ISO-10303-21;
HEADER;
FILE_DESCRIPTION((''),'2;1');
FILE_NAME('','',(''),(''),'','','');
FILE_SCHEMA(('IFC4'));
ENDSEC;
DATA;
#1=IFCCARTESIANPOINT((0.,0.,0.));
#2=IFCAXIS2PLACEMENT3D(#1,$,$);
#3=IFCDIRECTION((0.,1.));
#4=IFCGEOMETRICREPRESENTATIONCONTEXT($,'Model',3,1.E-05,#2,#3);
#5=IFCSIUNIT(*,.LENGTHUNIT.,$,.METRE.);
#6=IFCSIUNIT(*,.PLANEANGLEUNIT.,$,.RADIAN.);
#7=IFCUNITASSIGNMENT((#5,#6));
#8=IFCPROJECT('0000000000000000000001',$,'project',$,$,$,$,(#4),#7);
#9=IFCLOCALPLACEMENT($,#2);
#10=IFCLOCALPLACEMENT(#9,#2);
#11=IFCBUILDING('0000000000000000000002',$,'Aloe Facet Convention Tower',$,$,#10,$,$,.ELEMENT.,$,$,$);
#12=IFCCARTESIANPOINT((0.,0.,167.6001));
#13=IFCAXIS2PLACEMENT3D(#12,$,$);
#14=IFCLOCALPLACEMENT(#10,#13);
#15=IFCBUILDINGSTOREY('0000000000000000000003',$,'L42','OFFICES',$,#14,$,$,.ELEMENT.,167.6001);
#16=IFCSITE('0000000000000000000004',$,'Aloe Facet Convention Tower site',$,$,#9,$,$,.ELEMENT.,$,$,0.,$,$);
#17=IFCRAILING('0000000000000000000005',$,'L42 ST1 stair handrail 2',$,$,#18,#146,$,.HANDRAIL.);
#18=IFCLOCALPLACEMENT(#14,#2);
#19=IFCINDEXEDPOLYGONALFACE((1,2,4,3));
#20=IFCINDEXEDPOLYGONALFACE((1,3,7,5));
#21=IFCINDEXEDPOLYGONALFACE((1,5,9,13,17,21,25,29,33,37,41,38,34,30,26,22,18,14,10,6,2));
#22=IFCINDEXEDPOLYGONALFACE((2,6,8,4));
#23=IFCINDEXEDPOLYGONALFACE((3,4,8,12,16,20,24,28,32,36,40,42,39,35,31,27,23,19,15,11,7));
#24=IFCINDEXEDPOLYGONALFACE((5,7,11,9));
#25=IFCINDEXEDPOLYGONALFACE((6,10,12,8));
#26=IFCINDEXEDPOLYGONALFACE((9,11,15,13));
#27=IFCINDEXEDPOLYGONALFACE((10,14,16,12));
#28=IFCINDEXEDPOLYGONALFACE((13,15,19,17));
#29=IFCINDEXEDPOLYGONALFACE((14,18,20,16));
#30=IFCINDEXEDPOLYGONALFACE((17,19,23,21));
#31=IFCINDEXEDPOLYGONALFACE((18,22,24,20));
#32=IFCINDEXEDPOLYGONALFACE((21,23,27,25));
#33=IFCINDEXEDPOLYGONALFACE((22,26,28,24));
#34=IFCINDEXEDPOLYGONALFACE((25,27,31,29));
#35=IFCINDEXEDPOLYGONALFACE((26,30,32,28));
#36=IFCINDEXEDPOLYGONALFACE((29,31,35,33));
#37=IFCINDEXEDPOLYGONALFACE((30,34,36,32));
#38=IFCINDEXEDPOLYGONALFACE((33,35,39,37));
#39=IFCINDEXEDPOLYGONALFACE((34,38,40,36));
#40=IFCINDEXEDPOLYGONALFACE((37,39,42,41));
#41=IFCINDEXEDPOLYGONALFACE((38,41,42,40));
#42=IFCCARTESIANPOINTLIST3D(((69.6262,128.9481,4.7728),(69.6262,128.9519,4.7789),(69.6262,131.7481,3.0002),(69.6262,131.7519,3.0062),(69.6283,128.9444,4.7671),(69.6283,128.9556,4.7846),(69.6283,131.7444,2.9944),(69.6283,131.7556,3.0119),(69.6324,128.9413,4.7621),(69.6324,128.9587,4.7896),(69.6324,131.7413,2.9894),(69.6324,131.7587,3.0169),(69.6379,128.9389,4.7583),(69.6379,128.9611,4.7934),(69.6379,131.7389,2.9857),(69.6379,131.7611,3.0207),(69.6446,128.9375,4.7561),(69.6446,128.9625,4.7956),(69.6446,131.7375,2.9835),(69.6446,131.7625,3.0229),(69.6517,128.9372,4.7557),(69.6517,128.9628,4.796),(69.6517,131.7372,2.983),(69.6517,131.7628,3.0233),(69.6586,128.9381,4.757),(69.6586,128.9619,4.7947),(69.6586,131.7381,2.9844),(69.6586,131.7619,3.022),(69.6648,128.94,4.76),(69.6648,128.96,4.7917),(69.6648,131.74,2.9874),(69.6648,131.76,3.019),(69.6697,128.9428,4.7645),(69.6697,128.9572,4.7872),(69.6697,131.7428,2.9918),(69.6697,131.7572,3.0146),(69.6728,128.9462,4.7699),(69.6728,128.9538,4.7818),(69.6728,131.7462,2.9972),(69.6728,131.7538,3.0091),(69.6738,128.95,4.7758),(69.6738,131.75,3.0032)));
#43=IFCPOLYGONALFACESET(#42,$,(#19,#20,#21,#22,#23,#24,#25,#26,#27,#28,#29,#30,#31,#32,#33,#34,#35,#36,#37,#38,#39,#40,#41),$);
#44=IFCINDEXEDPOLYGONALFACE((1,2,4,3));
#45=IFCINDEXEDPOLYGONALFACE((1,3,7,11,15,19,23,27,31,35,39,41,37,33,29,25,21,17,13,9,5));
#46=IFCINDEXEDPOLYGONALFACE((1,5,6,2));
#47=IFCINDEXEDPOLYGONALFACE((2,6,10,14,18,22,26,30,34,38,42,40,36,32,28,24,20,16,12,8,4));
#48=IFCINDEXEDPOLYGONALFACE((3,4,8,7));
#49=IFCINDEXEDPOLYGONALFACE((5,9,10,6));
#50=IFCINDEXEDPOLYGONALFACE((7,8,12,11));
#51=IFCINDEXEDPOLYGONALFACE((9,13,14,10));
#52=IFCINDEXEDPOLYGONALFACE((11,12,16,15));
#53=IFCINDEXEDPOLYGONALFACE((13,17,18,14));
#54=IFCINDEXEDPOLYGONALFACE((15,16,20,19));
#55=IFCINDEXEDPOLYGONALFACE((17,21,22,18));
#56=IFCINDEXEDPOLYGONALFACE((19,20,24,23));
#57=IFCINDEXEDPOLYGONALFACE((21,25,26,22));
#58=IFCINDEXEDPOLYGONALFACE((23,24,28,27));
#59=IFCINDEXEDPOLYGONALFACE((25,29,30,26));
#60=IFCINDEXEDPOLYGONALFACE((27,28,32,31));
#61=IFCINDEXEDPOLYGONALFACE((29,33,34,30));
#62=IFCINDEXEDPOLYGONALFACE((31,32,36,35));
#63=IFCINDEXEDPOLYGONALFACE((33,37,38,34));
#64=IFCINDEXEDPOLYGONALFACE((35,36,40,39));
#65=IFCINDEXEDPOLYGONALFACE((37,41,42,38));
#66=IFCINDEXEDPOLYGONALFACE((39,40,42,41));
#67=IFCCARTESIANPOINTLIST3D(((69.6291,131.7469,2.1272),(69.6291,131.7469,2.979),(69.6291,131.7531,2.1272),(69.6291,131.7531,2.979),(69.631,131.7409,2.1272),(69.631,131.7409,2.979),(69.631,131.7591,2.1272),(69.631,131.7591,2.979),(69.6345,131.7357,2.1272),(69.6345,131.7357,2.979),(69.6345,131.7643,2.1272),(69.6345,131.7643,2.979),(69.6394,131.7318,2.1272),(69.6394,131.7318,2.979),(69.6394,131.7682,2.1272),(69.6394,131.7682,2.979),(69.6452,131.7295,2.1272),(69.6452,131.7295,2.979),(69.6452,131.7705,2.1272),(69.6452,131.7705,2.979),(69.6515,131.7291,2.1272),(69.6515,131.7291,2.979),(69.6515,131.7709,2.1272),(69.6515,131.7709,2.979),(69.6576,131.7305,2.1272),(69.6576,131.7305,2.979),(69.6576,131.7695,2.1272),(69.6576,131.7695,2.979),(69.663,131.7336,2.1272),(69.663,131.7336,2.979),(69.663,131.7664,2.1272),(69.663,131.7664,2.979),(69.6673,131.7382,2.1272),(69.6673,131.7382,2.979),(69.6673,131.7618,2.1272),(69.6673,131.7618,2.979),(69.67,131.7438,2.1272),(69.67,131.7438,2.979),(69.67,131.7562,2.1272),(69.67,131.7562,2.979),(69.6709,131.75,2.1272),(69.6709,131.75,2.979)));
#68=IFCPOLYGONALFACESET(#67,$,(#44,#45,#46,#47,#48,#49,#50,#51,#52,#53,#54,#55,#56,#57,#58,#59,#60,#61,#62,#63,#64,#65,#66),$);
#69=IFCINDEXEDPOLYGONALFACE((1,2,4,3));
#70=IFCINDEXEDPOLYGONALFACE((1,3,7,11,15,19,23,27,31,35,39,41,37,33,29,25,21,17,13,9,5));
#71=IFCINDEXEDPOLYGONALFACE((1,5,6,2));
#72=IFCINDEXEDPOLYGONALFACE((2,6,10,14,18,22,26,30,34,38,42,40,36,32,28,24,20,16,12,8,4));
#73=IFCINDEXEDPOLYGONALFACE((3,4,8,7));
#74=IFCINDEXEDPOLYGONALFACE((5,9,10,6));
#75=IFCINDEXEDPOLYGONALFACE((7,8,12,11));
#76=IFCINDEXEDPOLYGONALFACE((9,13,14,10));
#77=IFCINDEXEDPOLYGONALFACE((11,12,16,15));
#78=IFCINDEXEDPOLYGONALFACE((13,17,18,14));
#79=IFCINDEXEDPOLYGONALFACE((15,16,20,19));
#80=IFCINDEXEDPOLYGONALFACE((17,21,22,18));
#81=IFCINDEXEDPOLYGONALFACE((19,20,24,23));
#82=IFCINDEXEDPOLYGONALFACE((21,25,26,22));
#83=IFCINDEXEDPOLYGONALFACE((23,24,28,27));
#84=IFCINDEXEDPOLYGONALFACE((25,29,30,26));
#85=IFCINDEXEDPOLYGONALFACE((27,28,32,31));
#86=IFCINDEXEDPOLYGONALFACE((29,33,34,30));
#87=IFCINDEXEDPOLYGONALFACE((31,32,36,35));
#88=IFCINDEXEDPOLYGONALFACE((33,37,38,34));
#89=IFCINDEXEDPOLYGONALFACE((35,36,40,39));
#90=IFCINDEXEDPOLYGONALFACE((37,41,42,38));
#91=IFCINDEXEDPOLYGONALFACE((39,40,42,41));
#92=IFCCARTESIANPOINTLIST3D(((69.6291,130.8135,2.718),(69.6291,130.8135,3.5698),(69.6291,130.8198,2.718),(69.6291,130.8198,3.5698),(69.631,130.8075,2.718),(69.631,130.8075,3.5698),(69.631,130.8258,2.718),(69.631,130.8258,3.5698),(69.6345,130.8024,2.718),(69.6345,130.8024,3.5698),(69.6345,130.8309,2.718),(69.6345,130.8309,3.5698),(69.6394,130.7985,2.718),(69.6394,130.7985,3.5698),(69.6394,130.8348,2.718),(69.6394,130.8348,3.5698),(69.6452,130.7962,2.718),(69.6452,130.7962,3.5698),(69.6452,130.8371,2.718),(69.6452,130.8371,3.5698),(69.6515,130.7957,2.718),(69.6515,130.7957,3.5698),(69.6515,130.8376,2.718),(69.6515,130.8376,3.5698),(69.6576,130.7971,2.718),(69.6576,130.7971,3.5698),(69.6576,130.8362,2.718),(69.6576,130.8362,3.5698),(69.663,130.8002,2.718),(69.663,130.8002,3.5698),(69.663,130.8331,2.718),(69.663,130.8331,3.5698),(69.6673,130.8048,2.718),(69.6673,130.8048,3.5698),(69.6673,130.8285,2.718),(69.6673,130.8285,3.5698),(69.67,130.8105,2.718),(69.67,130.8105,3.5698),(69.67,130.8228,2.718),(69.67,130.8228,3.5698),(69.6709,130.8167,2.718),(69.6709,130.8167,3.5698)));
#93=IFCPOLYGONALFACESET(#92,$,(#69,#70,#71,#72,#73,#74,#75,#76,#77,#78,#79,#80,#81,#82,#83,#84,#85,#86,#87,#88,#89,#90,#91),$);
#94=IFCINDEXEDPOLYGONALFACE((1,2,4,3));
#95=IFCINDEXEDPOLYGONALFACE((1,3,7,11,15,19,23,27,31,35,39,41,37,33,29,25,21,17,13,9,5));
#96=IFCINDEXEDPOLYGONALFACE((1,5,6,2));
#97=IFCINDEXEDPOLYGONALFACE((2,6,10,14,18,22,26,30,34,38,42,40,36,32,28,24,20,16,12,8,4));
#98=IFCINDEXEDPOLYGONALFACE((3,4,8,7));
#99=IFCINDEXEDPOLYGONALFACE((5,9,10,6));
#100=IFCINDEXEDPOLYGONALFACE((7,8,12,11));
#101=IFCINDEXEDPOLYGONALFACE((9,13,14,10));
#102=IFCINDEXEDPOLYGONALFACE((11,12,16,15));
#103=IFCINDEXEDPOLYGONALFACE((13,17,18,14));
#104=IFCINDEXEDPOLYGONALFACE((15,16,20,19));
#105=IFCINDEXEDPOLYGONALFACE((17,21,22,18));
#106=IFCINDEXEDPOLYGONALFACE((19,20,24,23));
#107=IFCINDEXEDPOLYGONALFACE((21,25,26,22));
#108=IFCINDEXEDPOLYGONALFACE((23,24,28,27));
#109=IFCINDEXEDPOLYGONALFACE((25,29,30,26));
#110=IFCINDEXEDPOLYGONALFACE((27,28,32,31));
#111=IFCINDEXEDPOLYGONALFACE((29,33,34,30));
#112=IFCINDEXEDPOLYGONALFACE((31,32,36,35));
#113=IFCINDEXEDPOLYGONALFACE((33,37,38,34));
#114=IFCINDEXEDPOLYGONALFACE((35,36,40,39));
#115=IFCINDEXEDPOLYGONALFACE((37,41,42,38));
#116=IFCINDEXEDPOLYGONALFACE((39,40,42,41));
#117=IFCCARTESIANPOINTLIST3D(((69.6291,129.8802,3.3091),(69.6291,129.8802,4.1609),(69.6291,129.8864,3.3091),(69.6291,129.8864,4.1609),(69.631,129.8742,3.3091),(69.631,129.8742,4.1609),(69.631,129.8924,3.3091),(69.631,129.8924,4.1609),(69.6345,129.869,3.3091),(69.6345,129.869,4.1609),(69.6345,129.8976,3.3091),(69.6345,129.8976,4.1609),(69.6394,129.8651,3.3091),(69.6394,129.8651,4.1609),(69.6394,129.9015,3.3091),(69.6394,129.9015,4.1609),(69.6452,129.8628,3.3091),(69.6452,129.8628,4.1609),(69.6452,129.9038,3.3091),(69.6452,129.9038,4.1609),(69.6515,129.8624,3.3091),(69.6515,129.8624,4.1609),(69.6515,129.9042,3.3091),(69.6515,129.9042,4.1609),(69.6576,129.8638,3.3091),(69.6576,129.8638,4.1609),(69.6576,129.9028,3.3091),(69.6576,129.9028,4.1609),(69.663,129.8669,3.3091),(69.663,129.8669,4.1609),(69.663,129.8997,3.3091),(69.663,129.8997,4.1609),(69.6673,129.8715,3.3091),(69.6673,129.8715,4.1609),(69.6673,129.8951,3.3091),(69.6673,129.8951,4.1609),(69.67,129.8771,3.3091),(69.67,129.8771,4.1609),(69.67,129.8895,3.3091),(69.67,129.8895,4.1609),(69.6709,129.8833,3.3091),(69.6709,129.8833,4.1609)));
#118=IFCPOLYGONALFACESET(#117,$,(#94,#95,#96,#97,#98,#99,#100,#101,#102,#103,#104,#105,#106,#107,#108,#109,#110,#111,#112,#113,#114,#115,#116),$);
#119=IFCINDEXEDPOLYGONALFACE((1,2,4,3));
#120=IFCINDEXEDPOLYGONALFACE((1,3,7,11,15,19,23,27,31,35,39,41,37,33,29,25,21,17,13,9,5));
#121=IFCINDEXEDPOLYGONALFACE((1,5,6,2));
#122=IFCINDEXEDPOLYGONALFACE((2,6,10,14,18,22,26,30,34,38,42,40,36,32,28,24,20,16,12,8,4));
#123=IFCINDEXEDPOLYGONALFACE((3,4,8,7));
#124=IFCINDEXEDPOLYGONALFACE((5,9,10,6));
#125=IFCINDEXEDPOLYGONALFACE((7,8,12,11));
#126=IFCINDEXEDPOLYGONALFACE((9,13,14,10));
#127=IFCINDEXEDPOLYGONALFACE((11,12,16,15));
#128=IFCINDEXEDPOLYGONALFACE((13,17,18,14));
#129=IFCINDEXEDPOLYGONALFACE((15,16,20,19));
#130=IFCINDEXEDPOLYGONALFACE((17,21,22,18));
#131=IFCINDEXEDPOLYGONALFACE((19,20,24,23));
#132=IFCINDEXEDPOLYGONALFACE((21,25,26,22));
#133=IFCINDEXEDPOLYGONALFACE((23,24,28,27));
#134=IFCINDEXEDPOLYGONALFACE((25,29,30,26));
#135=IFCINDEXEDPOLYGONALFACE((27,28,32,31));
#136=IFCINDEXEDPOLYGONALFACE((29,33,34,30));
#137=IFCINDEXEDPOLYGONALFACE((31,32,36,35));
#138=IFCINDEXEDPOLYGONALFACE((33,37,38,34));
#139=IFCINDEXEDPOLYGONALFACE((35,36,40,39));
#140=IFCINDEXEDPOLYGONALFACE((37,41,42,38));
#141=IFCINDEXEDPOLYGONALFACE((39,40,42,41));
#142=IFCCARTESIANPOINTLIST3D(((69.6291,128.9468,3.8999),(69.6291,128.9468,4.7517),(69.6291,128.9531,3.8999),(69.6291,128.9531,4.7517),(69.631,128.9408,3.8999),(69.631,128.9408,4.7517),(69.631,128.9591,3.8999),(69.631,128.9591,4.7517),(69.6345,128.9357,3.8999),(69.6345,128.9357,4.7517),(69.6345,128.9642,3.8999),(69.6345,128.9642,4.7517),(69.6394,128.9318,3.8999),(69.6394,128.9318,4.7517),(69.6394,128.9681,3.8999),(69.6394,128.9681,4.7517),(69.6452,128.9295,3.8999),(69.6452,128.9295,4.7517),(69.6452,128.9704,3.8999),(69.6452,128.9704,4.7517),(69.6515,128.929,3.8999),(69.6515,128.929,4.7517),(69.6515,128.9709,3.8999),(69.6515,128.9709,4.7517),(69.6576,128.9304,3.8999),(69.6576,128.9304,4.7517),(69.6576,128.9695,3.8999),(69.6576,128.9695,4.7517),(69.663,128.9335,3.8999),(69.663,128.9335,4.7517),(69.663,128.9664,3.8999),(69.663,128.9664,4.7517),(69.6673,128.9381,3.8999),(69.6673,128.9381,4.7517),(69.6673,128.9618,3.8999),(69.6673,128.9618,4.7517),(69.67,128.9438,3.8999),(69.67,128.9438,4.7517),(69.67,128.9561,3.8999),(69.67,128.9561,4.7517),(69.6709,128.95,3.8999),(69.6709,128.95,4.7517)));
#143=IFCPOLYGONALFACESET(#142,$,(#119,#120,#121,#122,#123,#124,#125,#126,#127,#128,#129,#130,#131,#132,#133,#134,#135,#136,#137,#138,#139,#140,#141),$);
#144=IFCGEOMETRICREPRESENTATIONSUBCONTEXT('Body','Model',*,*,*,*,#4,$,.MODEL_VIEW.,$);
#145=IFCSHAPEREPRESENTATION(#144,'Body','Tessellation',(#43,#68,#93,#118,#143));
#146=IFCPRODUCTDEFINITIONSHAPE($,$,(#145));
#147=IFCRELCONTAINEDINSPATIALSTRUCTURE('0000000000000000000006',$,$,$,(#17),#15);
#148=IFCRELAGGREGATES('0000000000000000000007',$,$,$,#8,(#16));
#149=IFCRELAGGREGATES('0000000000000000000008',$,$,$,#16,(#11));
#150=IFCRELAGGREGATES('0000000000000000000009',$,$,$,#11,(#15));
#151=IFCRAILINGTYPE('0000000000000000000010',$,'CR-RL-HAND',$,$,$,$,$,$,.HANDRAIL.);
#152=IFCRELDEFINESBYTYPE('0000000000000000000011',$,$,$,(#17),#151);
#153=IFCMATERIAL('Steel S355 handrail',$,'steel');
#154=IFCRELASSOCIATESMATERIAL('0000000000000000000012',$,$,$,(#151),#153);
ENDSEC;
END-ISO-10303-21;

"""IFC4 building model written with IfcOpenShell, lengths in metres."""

from ifc_helpers import new_model, si_unit, direction, frame, origin, origin_2d, place, context, subcontext, project, spatial, circle, extrude, material, type_object, element, save


model = new_model("IFC4")

# Units and contexts
model_context = context("Model", 3, precision=1e-05, world=origin(), true_north=direction((0.0, 1.0)))
body_context = subcontext(model_context, "Body", "Model", "MODEL_VIEW")
ifc_project = project(units=[si_unit("LENGTHUNIT", "METRE"), si_unit("PLANEANGLEUNIT", "RADIAN")], contexts=[model_context])

# Site, building, storey
site_placement = place(None, origin())
site = spatial("IfcSite", under=ifc_project, at=site_placement, Name="Aloe Facet Convention Tower site", CompositionType="ELEMENT", RefElevation=0.0)
building_placement = place(site_placement, origin())
building = spatial("IfcBuilding", under=site, at=building_placement, Name="Aloe Facet Convention Tower", CompositionType="ELEMENT")
storey_placement = place(building_placement, frame((0.0, 0.0, 167.6001)))
storey = spatial("IfcBuildingStorey", under=building, at=storey_placement, Name="L42", Description="OFFICES", CompositionType="ELEMENT", Elevation=167.6001)

# Railing
ifc_material_1 = material(Name="Steel S355 handrail", Category="steel")
railing_type = type_object("IfcRailingType", Name="CR-RL-HAND", PredefinedType="HANDRAIL", material=ifc_material_1)
railing_placement = place(storey_placement, frame((69.6499, 131.75, 2.1272)))
element("IfcRailing", 1, at=railing_placement, inside=storey, type_object=railing_type, Name="L42 ST1 stair handrail 2", PredefinedType="HANDRAIL", context=body_context, shape_type="SweptSolid", body=[
    extrude(circle(Radius=0.0239, at=origin_2d()), frame((0.0, 0.0, 0.876), z_axis=(0.0, -0.844909, 0.53491), x_axis=(1.0, 0.0, 0.0)), (0.0, 0.0, 1.0), 3.314),
    extrude(circle(Radius=0.021, at=origin_2d()), origin(), (0.0, 0.0, 1.0), 0.8518),
    extrude(circle(Radius=0.021, at=origin_2d()), frame((0.0, -0.9333, 0.5908)), (0.0, 0.0, 1.0), 0.8518),
    extrude(circle(Radius=0.021, at=origin_2d()), frame((0.0, -1.8667, 1.1819)), (0.0, 0.0, 1.0), 0.8518),
    extrude(circle(Radius=0.021, at=origin_2d()), frame((0.0, -2.8, 1.7727)), (0.0, 0.0, 1.0), 0.8518),
])

save(model, "model.ifc")
